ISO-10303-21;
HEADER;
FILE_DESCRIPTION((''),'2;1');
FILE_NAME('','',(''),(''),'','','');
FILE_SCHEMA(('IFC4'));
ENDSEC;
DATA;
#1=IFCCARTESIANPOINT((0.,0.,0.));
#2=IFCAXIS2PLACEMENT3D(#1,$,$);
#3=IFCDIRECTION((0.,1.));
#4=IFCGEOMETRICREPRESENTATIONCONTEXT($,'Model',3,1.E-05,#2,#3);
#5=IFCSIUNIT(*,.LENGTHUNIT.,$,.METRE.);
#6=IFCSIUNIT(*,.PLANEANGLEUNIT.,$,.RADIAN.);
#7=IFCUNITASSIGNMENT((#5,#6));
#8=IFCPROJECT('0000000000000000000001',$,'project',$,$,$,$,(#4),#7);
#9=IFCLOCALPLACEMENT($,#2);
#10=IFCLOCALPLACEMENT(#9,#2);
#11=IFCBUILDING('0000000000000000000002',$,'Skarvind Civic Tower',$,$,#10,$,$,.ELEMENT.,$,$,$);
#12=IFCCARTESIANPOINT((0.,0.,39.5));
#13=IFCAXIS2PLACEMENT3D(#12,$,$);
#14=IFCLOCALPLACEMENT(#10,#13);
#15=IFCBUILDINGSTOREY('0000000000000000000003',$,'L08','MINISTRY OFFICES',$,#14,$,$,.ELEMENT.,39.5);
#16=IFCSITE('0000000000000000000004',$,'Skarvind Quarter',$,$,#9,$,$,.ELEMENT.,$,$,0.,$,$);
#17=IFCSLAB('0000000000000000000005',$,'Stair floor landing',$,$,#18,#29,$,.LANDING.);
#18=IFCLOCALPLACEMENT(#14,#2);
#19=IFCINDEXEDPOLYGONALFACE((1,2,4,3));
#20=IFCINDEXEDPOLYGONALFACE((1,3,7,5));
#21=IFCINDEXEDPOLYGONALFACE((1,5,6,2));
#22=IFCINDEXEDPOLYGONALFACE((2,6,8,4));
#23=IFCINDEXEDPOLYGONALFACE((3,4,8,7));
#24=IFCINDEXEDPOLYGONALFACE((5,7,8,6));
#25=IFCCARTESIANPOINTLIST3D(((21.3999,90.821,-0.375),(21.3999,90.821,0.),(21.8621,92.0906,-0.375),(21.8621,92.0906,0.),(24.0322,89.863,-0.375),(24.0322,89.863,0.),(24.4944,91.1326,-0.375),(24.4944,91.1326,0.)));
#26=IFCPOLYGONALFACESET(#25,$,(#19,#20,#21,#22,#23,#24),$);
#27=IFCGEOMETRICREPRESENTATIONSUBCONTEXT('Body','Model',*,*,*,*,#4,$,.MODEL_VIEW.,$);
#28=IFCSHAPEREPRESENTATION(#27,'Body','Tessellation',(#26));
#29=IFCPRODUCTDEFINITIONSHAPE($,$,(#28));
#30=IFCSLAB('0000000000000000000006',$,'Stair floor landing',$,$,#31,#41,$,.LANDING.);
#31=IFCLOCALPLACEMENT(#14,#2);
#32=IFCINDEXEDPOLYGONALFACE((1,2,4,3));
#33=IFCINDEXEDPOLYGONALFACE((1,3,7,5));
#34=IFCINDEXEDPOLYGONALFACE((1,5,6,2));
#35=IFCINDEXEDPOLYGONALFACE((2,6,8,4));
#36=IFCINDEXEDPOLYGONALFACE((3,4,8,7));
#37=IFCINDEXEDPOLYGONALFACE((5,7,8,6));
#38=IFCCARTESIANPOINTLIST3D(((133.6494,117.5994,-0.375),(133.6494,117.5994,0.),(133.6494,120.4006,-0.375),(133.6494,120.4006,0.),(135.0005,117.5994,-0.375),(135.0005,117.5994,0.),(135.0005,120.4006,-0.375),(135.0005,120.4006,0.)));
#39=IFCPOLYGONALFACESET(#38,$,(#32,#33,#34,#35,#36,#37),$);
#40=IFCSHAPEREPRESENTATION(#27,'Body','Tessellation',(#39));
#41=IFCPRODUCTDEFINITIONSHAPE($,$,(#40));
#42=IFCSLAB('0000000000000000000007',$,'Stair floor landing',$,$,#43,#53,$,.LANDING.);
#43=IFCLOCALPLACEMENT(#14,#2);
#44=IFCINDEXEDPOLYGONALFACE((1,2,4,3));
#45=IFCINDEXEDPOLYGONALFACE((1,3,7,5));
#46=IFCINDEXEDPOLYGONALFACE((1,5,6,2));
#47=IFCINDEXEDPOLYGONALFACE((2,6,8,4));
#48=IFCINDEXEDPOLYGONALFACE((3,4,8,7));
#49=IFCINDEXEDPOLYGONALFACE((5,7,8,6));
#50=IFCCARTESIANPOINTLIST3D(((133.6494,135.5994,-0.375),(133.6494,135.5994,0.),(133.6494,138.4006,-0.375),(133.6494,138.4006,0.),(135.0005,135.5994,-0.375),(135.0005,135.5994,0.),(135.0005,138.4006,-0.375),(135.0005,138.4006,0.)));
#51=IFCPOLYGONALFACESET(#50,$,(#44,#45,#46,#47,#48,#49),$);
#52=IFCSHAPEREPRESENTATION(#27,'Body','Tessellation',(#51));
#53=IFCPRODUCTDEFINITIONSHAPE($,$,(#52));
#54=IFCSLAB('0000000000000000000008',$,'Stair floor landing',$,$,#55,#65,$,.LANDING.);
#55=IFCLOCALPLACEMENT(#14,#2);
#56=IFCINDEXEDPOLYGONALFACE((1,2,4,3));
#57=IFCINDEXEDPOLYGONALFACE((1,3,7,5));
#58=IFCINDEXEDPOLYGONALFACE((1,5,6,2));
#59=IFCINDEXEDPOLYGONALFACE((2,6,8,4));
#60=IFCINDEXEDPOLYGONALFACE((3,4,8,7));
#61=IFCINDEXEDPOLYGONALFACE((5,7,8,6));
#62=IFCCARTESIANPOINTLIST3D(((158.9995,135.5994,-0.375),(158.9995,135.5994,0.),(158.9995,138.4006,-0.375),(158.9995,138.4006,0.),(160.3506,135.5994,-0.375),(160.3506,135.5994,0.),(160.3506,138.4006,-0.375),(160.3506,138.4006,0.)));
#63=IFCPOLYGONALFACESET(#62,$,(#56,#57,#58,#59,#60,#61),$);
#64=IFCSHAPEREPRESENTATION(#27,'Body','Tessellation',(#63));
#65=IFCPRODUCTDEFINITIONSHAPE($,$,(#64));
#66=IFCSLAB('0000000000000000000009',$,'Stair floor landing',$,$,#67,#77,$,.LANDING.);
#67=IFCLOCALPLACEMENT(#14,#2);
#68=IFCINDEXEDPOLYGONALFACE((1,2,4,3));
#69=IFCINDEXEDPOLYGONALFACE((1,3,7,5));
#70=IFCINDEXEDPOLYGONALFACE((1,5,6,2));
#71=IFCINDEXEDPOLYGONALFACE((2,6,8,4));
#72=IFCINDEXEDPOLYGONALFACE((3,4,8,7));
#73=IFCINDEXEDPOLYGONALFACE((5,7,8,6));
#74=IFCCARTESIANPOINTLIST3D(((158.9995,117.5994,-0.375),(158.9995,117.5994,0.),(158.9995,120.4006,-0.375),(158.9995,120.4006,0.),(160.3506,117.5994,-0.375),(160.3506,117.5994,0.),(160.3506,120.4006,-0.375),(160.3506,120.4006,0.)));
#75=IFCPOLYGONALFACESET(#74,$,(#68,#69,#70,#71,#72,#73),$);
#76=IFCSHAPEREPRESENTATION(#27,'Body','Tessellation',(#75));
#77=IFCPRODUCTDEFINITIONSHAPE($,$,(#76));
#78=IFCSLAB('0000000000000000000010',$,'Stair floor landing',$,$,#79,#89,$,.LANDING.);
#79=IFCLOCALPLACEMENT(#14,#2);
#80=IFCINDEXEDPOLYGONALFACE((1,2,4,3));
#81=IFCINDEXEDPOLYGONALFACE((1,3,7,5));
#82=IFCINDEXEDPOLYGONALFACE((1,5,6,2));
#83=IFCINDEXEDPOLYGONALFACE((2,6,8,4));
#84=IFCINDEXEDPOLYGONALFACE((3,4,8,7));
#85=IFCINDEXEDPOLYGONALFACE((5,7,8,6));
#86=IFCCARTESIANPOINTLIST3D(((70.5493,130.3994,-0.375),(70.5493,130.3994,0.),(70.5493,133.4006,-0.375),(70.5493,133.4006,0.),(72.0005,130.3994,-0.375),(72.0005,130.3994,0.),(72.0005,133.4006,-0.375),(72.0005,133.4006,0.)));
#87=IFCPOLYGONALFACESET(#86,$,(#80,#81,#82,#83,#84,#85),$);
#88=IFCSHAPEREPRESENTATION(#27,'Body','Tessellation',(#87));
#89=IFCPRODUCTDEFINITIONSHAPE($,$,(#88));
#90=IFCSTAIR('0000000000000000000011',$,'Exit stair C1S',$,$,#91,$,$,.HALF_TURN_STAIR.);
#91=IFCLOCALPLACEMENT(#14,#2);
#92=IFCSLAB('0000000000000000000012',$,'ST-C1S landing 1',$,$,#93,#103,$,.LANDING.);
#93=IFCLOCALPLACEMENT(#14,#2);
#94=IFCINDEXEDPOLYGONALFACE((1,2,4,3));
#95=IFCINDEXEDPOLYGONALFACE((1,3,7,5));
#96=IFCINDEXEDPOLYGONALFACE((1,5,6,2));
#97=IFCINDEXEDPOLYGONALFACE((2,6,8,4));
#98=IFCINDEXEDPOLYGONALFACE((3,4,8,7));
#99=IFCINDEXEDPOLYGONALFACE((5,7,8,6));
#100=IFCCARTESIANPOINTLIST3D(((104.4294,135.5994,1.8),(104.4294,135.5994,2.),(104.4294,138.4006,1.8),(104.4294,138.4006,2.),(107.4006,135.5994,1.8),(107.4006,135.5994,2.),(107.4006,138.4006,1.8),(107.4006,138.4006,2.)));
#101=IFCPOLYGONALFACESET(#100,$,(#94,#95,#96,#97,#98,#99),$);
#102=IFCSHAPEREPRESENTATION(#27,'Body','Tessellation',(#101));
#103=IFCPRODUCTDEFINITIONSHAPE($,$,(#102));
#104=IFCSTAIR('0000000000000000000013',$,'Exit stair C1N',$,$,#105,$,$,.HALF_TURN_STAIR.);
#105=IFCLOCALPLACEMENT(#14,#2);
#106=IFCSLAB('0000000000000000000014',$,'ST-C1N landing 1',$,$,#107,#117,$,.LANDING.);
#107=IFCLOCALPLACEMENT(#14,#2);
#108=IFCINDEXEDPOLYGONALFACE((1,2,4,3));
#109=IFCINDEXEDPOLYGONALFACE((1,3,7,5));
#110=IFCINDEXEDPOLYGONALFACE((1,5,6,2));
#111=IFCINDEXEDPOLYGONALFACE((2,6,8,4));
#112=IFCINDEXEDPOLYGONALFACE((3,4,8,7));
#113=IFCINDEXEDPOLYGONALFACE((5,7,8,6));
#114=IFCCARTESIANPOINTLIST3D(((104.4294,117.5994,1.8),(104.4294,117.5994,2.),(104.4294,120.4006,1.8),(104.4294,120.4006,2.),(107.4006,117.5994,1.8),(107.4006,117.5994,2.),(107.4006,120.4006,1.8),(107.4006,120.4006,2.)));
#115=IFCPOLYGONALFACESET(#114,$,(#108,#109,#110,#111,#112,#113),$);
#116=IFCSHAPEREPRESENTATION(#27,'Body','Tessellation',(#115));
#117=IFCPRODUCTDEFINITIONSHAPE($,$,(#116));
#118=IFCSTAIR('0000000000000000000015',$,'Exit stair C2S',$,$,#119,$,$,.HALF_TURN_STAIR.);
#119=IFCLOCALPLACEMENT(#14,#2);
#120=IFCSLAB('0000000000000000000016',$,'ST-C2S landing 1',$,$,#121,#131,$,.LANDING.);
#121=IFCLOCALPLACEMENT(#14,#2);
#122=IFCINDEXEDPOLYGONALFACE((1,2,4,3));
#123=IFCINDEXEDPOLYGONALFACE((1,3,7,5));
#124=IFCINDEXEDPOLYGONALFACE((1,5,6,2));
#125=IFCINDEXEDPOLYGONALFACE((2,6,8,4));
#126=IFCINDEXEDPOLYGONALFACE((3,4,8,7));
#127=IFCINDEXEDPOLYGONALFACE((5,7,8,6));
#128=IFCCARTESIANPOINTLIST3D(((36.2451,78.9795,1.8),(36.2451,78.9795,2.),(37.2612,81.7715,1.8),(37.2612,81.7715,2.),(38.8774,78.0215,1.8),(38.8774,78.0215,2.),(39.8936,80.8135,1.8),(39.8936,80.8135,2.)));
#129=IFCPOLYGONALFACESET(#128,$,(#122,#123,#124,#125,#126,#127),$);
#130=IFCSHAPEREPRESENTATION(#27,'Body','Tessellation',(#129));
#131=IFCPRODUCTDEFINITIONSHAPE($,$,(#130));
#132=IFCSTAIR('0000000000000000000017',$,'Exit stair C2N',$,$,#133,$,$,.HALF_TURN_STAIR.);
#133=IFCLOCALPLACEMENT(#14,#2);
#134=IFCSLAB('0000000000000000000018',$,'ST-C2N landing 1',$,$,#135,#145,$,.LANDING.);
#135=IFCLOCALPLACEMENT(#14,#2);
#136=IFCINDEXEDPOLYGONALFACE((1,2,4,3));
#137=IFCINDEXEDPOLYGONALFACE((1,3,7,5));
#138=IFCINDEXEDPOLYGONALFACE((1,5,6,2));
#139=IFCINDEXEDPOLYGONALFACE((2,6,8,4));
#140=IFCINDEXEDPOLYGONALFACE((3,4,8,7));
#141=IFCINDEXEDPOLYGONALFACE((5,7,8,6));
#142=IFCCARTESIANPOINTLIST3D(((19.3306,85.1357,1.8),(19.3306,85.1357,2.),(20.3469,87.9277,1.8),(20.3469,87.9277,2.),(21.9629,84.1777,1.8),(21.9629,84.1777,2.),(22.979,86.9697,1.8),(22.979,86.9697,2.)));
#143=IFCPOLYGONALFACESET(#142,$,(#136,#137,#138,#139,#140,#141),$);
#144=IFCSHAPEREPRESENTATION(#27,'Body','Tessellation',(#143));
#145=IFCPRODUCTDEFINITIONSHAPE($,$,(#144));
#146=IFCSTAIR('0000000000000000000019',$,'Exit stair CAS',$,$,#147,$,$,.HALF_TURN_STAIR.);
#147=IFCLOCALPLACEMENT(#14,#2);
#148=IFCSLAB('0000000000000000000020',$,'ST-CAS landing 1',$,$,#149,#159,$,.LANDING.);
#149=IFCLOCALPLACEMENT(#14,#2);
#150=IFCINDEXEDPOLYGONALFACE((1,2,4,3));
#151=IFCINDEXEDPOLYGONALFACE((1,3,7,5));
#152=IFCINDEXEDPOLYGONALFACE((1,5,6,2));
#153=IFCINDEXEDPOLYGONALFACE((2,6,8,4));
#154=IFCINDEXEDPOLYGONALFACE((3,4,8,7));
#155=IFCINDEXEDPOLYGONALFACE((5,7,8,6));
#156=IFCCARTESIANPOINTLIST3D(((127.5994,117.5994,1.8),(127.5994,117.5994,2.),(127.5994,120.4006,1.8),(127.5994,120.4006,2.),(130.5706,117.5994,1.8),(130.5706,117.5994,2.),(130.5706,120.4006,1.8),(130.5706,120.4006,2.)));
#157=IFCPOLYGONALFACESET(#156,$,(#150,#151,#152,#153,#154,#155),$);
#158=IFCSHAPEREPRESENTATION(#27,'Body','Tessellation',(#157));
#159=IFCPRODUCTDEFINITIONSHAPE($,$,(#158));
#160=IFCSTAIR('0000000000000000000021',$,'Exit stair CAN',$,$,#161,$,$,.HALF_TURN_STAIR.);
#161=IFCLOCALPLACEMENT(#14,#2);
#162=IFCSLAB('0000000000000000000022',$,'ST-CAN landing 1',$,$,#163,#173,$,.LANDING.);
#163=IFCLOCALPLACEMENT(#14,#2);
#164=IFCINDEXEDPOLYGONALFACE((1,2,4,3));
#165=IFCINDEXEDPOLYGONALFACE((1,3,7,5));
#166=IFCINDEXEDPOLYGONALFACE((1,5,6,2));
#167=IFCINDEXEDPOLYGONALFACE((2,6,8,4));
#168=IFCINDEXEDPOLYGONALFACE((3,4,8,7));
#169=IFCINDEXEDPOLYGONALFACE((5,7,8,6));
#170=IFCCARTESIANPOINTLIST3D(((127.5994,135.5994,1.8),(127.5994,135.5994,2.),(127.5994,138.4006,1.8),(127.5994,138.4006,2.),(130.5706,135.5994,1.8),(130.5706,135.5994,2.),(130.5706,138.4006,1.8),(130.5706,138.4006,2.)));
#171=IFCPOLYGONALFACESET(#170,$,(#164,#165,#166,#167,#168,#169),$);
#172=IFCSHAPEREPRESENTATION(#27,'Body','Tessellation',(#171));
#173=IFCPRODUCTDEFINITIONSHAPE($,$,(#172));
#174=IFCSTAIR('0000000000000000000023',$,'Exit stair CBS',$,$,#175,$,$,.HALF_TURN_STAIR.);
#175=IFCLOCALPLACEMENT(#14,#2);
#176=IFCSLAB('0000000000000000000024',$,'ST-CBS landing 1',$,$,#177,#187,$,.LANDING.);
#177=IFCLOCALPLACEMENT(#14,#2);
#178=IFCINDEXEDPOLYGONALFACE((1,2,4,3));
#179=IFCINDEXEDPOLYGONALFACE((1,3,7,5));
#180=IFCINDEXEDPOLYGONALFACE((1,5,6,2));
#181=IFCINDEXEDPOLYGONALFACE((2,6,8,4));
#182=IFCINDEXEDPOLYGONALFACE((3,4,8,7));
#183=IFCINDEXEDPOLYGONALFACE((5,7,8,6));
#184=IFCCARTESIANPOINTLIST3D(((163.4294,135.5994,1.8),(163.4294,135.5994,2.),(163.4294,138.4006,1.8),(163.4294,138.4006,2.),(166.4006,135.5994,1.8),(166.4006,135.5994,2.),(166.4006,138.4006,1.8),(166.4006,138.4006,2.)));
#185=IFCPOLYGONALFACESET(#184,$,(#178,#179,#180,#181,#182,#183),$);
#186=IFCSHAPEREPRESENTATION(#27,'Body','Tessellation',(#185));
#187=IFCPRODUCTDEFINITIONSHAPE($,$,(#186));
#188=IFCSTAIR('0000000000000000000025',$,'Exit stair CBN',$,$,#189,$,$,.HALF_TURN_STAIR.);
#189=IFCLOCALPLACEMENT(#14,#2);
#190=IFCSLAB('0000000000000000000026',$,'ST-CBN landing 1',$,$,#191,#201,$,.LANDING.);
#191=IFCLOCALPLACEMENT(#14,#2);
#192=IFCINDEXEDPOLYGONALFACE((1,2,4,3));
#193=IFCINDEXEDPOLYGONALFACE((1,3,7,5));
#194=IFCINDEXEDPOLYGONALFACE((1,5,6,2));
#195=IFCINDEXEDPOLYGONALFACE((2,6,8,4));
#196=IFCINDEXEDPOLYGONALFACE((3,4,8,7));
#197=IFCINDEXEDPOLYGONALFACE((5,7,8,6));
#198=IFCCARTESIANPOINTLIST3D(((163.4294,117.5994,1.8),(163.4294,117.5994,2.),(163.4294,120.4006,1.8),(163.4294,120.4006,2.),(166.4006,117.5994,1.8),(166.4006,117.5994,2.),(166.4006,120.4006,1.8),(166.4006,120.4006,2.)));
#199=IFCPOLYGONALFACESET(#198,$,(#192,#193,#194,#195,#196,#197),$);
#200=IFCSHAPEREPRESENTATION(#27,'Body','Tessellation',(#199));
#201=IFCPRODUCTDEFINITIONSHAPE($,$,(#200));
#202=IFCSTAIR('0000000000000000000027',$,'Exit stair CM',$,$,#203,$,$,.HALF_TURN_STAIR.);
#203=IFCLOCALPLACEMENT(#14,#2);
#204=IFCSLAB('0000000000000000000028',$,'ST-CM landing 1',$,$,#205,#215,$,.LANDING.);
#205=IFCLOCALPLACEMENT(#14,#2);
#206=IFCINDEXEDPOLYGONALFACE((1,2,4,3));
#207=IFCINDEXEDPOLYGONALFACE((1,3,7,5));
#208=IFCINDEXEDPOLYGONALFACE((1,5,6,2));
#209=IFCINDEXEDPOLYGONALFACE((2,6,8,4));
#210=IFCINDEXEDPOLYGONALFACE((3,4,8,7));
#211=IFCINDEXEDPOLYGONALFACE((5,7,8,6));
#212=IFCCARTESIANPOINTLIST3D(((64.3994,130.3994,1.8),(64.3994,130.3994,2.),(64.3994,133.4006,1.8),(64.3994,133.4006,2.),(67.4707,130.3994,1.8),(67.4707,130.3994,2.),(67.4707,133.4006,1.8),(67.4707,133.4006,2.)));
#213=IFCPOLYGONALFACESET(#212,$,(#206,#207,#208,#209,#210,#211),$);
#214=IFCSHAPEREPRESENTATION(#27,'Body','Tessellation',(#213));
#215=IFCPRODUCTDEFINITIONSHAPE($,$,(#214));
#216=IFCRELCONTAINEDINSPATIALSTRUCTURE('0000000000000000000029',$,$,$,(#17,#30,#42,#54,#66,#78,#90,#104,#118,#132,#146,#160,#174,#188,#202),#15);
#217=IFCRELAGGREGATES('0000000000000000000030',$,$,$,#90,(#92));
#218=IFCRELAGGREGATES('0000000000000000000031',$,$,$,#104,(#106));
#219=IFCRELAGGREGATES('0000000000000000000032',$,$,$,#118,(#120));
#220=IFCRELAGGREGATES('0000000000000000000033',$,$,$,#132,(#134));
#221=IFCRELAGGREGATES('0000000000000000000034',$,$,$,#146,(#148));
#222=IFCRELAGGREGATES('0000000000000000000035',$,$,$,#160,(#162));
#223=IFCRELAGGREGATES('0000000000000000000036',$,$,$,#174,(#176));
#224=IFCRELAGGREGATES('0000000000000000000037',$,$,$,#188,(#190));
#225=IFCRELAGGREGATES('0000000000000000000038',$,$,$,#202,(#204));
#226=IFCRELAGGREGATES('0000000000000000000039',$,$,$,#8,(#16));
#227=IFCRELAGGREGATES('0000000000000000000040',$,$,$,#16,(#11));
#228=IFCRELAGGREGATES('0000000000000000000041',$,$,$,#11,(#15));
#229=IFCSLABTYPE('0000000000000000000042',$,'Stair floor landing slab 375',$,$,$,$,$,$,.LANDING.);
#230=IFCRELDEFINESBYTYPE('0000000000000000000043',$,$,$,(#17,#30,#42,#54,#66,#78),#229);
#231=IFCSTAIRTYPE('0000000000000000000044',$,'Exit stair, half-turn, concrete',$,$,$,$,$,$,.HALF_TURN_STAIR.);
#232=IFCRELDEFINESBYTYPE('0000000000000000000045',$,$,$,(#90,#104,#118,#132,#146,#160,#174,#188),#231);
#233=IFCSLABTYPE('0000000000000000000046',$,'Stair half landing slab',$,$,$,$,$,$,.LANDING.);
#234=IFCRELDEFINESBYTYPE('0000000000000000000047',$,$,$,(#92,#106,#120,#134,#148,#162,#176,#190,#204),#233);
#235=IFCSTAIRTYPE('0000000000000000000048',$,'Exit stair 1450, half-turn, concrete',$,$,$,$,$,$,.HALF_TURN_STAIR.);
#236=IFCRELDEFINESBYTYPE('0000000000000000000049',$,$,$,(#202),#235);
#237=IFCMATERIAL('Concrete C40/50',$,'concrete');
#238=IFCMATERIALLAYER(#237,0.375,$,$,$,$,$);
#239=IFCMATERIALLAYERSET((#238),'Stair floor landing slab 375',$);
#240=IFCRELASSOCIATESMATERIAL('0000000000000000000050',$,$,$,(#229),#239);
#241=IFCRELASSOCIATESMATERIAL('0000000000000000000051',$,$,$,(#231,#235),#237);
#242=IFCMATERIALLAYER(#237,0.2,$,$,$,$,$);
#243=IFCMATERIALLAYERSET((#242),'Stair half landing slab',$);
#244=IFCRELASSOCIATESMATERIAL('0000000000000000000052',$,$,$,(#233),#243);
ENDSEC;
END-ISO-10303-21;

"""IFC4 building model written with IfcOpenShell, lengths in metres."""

from ifc_helpers import new_model, si_unit, direction, frame, origin, place, context, subcontext, project, spatial, polyline, outline, extrude, material, layer, layer_set, type_object, element, aggregate, save


model = new_model("IFC4")

# Units and contexts
model_context = context("Model", 3, precision=1e-05, world=origin(), true_north=direction((0.0, 1.0)))
body_context = subcontext(model_context, "Body", "Model", "MODEL_VIEW")
ifc_project = project(units=[si_unit("LENGTHUNIT", "METRE"), si_unit("PLANEANGLEUNIT", "RADIAN")], contexts=[model_context])

# Site, building, storey
site_placement = place(None, origin())
site = spatial("IfcSite", under=ifc_project, at=site_placement, Name="Skarvind Quarter", CompositionType="ELEMENT", RefElevation=0.0)
building_placement = place(site_placement, origin())
building = spatial("IfcBuilding", under=site, at=building_placement, Name="Skarvind Civic Tower", CompositionType="ELEMENT")
storey_placement = place(building_placement, frame((0.0, 0.0, 39.5)))
storey = spatial("IfcBuildingStorey", under=building, at=storey_placement, Name="L08", Description="MINISTRY OFFICES", CompositionType="ELEMENT", Elevation=39.5)

# Slabs
ifc_material_1 = material(Name="Concrete C40/50", Category="concrete")
ifc_layer_1 = layer(ifc_material_1, 0.375)
ifc_layer_set_1 = layer_set([ifc_layer_1], Name="Stair floor landing slab 375")
slab_type_1 = type_object("IfcSlabType", Name="Stair floor landing slab 375", PredefinedType="LANDING", material=ifc_layer_set_1)
slab_1_placement = place(storey_placement, frame((0.0, 0.0, -0.375)))
element("IfcSlab", 1, at=slab_1_placement, inside=storey, type_object=slab_type_1, Name="Stair floor landing", PredefinedType="LANDING", context=body_context, shape_type="SweptSolid", body=[
    extrude(outline(polyline([(24.0322, 89.863), (21.3999, 90.821), (21.8621, 92.0906), (24.4944, 91.1326), (24.0322, 89.863)])), origin(), (0.0, 0.0, 1.0), 0.375),
])
slab_2_placement = place(storey_placement, frame((0.0, 0.0, -0.375)))
element("IfcSlab", 2, at=slab_2_placement, inside=storey, type_object=slab_type_1, Name="Stair floor landing", PredefinedType="LANDING", context=body_context, shape_type="SweptSolid", body=[
    extrude(outline(polyline([(133.6494, 117.5994), (133.6494, 120.4006), (135.0005, 120.4006), (135.0005, 117.5994), (133.6494, 117.5994)])), origin(), (0.0, 0.0, 1.0), 0.375),
])
slab_3_placement = place(storey_placement, frame((0.0, 0.0, -0.375)))
element("IfcSlab", 3, at=slab_3_placement, inside=storey, type_object=slab_type_1, Name="Stair floor landing", PredefinedType="LANDING", context=body_context, shape_type="SweptSolid", body=[
    extrude(outline(polyline([(133.6494, 135.5994), (133.6494, 138.4006), (135.0005, 138.4006), (135.0005, 135.5994), (133.6494, 135.5994)])), origin(), (0.0, 0.0, 1.0), 0.375),
])
slab_4_placement = place(storey_placement, frame((0.0, 0.0, -0.375)))
element("IfcSlab", 4, at=slab_4_placement, inside=storey, type_object=slab_type_1, Name="Stair floor landing", PredefinedType="LANDING", context=body_context, shape_type="SweptSolid", body=[
    extrude(outline(polyline([(160.3506, 138.4006), (160.3506, 135.5994), (158.9995, 135.5994), (158.9995, 138.4006), (160.3506, 138.4006)])), origin(), (0.0, 0.0, 1.0), 0.375),
])
slab_5_placement = place(storey_placement, frame((0.0, 0.0, -0.375)))
element("IfcSlab", 5, at=slab_5_placement, inside=storey, type_object=slab_type_1, Name="Stair floor landing", PredefinedType="LANDING", context=body_context, shape_type="SweptSolid", body=[
    extrude(outline(polyline([(160.3506, 120.4006), (160.3506, 117.5994), (158.9995, 117.5994), (158.9995, 120.4006), (160.3506, 120.4006)])), origin(), (0.0, 0.0, 1.0), 0.375),
])
slab_6_placement = place(storey_placement, frame((0.0, 0.0, -0.375)))
element("IfcSlab", 6, at=slab_6_placement, inside=storey, type_object=slab_type_1, Name="Stair floor landing", PredefinedType="LANDING", context=body_context, shape_type="SweptSolid", body=[
    extrude(outline(polyline([(70.5493, 130.3994), (70.5493, 133.4006), (72.0005, 133.4006), (72.0005, 130.3994), (70.5493, 130.3994)])), origin(), (0.0, 0.0, 1.0), 0.375),
])

# Stairs, slabs
stair_type_1 = type_object("IfcStairType", Name="Exit stair, half-turn, concrete", PredefinedType="HALF_TURN_STAIR", material=ifc_material_1)
stair_1_placement = place(storey_placement, origin())
stair_1 = element("IfcStair", 7, at=stair_1_placement, inside=storey, type_object=stair_type_1, Name="Exit stair C1S", PredefinedType="HALF_TURN_STAIR")
ifc_layer_2 = layer(ifc_material_1, 0.2)
ifc_layer_set_2 = layer_set([ifc_layer_2], Name="Stair half landing slab")
slab_type_2 = type_object("IfcSlabType", Name="Stair half landing slab", PredefinedType="LANDING", material=ifc_layer_set_2)
slab_7_placement = place(storey_placement, frame((0.0, 0.0, 1.8)))
slab_7 = element("IfcSlab", 8, at=slab_7_placement, type_object=slab_type_2, Name="ST-C1S landing 1", PredefinedType="LANDING", context=body_context, shape_type="SweptSolid", body=[
    extrude(outline(polyline([(104.4294, 135.5994), (104.4294, 138.4006), (107.4006, 138.4006), (107.4006, 135.5994), (104.4294, 135.5994)])), origin(), (0.0, 0.0, 1.0), 0.2),
])
aggregate(stair_1, [slab_7])
stair_2_placement = place(storey_placement, origin())
stair_2 = element("IfcStair", 9, at=stair_2_placement, inside=storey, type_object=stair_type_1, Name="Exit stair C1N", PredefinedType="HALF_TURN_STAIR")
slab_8_placement = place(storey_placement, frame((0.0, 0.0, 1.8)))
slab_8 = element("IfcSlab", 10, at=slab_8_placement, type_object=slab_type_2, Name="ST-C1N landing 1", PredefinedType="LANDING", context=body_context, shape_type="SweptSolid", body=[
    extrude(outline(polyline([(104.4294, 117.5994), (104.4294, 120.4006), (107.4006, 120.4006), (107.4006, 117.5994), (104.4294, 117.5994)])), origin(), (0.0, 0.0, 1.0), 0.2),
])
aggregate(stair_2, [slab_8])
stair_3_placement = place(storey_placement, origin())
stair_3 = element("IfcStair", 11, at=stair_3_placement, inside=storey, type_object=stair_type_1, Name="Exit stair C2S", PredefinedType="HALF_TURN_STAIR")
slab_9_placement = place(storey_placement, frame((0.0, 0.0, 1.8)))
slab_9 = element("IfcSlab", 12, at=slab_9_placement, type_object=slab_type_2, Name="ST-C2S landing 1", PredefinedType="LANDING", context=body_context, shape_type="SweptSolid", body=[
    extrude(outline(polyline([(37.2612, 81.7715), (39.8936, 80.8135), (38.8774, 78.0215), (36.2451, 78.9795), (37.2612, 81.7715)])), origin(), (0.0, 0.0, 1.0), 0.2),
])
aggregate(stair_3, [slab_9])
stair_4_placement = place(storey_placement, origin())
stair_4 = element("IfcStair", 13, at=stair_4_placement, inside=storey, type_object=stair_type_1, Name="Exit stair C2N", PredefinedType="HALF_TURN_STAIR")
slab_10_placement = place(storey_placement, frame((0.0, 0.0, 1.8)))
slab_10 = element("IfcSlab", 14, at=slab_10_placement, type_object=slab_type_2, Name="ST-C2N landing 1", PredefinedType="LANDING", context=body_context, shape_type="SweptSolid", body=[
    extrude(outline(polyline([(20.3469, 87.9277), (22.979, 86.9697), (21.9629, 84.1777), (19.3306, 85.1357), (20.3469, 87.9277)])), origin(), (0.0, 0.0, 1.0), 0.2),
])
aggregate(stair_4, [slab_10])
stair_5_placement = place(storey_placement, origin())
stair_5 = element("IfcStair", 15, at=stair_5_placement, inside=storey, type_object=stair_type_1, Name="Exit stair CAS", PredefinedType="HALF_TURN_STAIR")
slab_11_placement = place(storey_placement, frame((0.0, 0.0, 1.8)))
slab_11 = element("IfcSlab", 16, at=slab_11_placement, type_object=slab_type_2, Name="ST-CAS landing 1", PredefinedType="LANDING", context=body_context, shape_type="SweptSolid", body=[
    extrude(outline(polyline([(130.5706, 120.4006), (130.5706, 117.5994), (127.5994, 117.5994), (127.5994, 120.4006), (130.5706, 120.4006)])), origin(), (0.0, 0.0, 1.0), 0.2),
])
aggregate(stair_5, [slab_11])
stair_6_placement = place(storey_placement, origin())
stair_6 = element("IfcStair", 17, at=stair_6_placement, inside=storey, type_object=stair_type_1, Name="Exit stair CAN", PredefinedType="HALF_TURN_STAIR")
slab_12_placement = place(storey_placement, frame((0.0, 0.0, 1.8)))
slab_12 = element("IfcSlab", 18, at=slab_12_placement, type_object=slab_type_2, Name="ST-CAN landing 1", PredefinedType="LANDING", context=body_context, shape_type="SweptSolid", body=[
    extrude(outline(polyline([(130.5706, 138.4006), (130.5706, 135.5994), (127.5994, 135.5994), (127.5994, 138.4006), (130.5706, 138.4006)])), origin(), (0.0, 0.0, 1.0), 0.2),
])
aggregate(stair_6, [slab_12])
stair_7_placement = place(storey_placement, origin())
stair_7 = element("IfcStair", 19, at=stair_7_placement, inside=storey, type_object=stair_type_1, Name="Exit stair CBS", PredefinedType="HALF_TURN_STAIR")
slab_13_placement = place(storey_placement, frame((0.0, 0.0, 1.8)))
slab_13 = element("IfcSlab", 20, at=slab_13_placement, type_object=slab_type_2, Name="ST-CBS landing 1", PredefinedType="LANDING", context=body_context, shape_type="SweptSolid", body=[
    extrude(outline(polyline([(163.4294, 135.5994), (163.4294, 138.4006), (166.4006, 138.4006), (166.4006, 135.5994), (163.4294, 135.5994)])), origin(), (0.0, 0.0, 1.0), 0.2),
])
aggregate(stair_7, [slab_13])
stair_8_placement = place(storey_placement, origin())
stair_8 = element("IfcStair", 21, at=stair_8_placement, inside=storey, type_object=stair_type_1, Name="Exit stair CBN", PredefinedType="HALF_TURN_STAIR")
slab_14_placement = place(storey_placement, frame((0.0, 0.0, 1.8)))
slab_14 = element("IfcSlab", 22, at=slab_14_placement, type_object=slab_type_2, Name="ST-CBN landing 1", PredefinedType="LANDING", context=body_context, shape_type="SweptSolid", body=[
    extrude(outline(polyline([(163.4294, 117.5994), (163.4294, 120.4006), (166.4006, 120.4006), (166.4006, 117.5994), (163.4294, 117.5994)])), origin(), (0.0, 0.0, 1.0), 0.2),
])
aggregate(stair_8, [slab_14])
stair_type_2 = type_object("IfcStairType", Name="Exit stair 1450, half-turn, concrete", PredefinedType="HALF_TURN_STAIR", material=ifc_material_1)
stair_9_placement = place(storey_placement, origin())
stair_9 = element("IfcStair", 23, at=stair_9_placement, inside=storey, type_object=stair_type_2, Name="Exit stair CM", PredefinedType="HALF_TURN_STAIR")
slab_15_placement = place(storey_placement, frame((0.0, 0.0, 1.8)))
slab_15 = element("IfcSlab", 24, at=slab_15_placement, type_object=slab_type_2, Name="ST-CM landing 1", PredefinedType="LANDING", context=body_context, shape_type="SweptSolid", body=[
    extrude(outline(polyline([(67.4707, 133.4006), (67.4707, 130.3994), (64.3994, 130.3994), (64.3994, 133.4006), (67.4707, 133.4006)])), origin(), (0.0, 0.0, 1.0), 0.2),
])
aggregate(stair_9, [slab_15])

save(model, "model.ifc")
